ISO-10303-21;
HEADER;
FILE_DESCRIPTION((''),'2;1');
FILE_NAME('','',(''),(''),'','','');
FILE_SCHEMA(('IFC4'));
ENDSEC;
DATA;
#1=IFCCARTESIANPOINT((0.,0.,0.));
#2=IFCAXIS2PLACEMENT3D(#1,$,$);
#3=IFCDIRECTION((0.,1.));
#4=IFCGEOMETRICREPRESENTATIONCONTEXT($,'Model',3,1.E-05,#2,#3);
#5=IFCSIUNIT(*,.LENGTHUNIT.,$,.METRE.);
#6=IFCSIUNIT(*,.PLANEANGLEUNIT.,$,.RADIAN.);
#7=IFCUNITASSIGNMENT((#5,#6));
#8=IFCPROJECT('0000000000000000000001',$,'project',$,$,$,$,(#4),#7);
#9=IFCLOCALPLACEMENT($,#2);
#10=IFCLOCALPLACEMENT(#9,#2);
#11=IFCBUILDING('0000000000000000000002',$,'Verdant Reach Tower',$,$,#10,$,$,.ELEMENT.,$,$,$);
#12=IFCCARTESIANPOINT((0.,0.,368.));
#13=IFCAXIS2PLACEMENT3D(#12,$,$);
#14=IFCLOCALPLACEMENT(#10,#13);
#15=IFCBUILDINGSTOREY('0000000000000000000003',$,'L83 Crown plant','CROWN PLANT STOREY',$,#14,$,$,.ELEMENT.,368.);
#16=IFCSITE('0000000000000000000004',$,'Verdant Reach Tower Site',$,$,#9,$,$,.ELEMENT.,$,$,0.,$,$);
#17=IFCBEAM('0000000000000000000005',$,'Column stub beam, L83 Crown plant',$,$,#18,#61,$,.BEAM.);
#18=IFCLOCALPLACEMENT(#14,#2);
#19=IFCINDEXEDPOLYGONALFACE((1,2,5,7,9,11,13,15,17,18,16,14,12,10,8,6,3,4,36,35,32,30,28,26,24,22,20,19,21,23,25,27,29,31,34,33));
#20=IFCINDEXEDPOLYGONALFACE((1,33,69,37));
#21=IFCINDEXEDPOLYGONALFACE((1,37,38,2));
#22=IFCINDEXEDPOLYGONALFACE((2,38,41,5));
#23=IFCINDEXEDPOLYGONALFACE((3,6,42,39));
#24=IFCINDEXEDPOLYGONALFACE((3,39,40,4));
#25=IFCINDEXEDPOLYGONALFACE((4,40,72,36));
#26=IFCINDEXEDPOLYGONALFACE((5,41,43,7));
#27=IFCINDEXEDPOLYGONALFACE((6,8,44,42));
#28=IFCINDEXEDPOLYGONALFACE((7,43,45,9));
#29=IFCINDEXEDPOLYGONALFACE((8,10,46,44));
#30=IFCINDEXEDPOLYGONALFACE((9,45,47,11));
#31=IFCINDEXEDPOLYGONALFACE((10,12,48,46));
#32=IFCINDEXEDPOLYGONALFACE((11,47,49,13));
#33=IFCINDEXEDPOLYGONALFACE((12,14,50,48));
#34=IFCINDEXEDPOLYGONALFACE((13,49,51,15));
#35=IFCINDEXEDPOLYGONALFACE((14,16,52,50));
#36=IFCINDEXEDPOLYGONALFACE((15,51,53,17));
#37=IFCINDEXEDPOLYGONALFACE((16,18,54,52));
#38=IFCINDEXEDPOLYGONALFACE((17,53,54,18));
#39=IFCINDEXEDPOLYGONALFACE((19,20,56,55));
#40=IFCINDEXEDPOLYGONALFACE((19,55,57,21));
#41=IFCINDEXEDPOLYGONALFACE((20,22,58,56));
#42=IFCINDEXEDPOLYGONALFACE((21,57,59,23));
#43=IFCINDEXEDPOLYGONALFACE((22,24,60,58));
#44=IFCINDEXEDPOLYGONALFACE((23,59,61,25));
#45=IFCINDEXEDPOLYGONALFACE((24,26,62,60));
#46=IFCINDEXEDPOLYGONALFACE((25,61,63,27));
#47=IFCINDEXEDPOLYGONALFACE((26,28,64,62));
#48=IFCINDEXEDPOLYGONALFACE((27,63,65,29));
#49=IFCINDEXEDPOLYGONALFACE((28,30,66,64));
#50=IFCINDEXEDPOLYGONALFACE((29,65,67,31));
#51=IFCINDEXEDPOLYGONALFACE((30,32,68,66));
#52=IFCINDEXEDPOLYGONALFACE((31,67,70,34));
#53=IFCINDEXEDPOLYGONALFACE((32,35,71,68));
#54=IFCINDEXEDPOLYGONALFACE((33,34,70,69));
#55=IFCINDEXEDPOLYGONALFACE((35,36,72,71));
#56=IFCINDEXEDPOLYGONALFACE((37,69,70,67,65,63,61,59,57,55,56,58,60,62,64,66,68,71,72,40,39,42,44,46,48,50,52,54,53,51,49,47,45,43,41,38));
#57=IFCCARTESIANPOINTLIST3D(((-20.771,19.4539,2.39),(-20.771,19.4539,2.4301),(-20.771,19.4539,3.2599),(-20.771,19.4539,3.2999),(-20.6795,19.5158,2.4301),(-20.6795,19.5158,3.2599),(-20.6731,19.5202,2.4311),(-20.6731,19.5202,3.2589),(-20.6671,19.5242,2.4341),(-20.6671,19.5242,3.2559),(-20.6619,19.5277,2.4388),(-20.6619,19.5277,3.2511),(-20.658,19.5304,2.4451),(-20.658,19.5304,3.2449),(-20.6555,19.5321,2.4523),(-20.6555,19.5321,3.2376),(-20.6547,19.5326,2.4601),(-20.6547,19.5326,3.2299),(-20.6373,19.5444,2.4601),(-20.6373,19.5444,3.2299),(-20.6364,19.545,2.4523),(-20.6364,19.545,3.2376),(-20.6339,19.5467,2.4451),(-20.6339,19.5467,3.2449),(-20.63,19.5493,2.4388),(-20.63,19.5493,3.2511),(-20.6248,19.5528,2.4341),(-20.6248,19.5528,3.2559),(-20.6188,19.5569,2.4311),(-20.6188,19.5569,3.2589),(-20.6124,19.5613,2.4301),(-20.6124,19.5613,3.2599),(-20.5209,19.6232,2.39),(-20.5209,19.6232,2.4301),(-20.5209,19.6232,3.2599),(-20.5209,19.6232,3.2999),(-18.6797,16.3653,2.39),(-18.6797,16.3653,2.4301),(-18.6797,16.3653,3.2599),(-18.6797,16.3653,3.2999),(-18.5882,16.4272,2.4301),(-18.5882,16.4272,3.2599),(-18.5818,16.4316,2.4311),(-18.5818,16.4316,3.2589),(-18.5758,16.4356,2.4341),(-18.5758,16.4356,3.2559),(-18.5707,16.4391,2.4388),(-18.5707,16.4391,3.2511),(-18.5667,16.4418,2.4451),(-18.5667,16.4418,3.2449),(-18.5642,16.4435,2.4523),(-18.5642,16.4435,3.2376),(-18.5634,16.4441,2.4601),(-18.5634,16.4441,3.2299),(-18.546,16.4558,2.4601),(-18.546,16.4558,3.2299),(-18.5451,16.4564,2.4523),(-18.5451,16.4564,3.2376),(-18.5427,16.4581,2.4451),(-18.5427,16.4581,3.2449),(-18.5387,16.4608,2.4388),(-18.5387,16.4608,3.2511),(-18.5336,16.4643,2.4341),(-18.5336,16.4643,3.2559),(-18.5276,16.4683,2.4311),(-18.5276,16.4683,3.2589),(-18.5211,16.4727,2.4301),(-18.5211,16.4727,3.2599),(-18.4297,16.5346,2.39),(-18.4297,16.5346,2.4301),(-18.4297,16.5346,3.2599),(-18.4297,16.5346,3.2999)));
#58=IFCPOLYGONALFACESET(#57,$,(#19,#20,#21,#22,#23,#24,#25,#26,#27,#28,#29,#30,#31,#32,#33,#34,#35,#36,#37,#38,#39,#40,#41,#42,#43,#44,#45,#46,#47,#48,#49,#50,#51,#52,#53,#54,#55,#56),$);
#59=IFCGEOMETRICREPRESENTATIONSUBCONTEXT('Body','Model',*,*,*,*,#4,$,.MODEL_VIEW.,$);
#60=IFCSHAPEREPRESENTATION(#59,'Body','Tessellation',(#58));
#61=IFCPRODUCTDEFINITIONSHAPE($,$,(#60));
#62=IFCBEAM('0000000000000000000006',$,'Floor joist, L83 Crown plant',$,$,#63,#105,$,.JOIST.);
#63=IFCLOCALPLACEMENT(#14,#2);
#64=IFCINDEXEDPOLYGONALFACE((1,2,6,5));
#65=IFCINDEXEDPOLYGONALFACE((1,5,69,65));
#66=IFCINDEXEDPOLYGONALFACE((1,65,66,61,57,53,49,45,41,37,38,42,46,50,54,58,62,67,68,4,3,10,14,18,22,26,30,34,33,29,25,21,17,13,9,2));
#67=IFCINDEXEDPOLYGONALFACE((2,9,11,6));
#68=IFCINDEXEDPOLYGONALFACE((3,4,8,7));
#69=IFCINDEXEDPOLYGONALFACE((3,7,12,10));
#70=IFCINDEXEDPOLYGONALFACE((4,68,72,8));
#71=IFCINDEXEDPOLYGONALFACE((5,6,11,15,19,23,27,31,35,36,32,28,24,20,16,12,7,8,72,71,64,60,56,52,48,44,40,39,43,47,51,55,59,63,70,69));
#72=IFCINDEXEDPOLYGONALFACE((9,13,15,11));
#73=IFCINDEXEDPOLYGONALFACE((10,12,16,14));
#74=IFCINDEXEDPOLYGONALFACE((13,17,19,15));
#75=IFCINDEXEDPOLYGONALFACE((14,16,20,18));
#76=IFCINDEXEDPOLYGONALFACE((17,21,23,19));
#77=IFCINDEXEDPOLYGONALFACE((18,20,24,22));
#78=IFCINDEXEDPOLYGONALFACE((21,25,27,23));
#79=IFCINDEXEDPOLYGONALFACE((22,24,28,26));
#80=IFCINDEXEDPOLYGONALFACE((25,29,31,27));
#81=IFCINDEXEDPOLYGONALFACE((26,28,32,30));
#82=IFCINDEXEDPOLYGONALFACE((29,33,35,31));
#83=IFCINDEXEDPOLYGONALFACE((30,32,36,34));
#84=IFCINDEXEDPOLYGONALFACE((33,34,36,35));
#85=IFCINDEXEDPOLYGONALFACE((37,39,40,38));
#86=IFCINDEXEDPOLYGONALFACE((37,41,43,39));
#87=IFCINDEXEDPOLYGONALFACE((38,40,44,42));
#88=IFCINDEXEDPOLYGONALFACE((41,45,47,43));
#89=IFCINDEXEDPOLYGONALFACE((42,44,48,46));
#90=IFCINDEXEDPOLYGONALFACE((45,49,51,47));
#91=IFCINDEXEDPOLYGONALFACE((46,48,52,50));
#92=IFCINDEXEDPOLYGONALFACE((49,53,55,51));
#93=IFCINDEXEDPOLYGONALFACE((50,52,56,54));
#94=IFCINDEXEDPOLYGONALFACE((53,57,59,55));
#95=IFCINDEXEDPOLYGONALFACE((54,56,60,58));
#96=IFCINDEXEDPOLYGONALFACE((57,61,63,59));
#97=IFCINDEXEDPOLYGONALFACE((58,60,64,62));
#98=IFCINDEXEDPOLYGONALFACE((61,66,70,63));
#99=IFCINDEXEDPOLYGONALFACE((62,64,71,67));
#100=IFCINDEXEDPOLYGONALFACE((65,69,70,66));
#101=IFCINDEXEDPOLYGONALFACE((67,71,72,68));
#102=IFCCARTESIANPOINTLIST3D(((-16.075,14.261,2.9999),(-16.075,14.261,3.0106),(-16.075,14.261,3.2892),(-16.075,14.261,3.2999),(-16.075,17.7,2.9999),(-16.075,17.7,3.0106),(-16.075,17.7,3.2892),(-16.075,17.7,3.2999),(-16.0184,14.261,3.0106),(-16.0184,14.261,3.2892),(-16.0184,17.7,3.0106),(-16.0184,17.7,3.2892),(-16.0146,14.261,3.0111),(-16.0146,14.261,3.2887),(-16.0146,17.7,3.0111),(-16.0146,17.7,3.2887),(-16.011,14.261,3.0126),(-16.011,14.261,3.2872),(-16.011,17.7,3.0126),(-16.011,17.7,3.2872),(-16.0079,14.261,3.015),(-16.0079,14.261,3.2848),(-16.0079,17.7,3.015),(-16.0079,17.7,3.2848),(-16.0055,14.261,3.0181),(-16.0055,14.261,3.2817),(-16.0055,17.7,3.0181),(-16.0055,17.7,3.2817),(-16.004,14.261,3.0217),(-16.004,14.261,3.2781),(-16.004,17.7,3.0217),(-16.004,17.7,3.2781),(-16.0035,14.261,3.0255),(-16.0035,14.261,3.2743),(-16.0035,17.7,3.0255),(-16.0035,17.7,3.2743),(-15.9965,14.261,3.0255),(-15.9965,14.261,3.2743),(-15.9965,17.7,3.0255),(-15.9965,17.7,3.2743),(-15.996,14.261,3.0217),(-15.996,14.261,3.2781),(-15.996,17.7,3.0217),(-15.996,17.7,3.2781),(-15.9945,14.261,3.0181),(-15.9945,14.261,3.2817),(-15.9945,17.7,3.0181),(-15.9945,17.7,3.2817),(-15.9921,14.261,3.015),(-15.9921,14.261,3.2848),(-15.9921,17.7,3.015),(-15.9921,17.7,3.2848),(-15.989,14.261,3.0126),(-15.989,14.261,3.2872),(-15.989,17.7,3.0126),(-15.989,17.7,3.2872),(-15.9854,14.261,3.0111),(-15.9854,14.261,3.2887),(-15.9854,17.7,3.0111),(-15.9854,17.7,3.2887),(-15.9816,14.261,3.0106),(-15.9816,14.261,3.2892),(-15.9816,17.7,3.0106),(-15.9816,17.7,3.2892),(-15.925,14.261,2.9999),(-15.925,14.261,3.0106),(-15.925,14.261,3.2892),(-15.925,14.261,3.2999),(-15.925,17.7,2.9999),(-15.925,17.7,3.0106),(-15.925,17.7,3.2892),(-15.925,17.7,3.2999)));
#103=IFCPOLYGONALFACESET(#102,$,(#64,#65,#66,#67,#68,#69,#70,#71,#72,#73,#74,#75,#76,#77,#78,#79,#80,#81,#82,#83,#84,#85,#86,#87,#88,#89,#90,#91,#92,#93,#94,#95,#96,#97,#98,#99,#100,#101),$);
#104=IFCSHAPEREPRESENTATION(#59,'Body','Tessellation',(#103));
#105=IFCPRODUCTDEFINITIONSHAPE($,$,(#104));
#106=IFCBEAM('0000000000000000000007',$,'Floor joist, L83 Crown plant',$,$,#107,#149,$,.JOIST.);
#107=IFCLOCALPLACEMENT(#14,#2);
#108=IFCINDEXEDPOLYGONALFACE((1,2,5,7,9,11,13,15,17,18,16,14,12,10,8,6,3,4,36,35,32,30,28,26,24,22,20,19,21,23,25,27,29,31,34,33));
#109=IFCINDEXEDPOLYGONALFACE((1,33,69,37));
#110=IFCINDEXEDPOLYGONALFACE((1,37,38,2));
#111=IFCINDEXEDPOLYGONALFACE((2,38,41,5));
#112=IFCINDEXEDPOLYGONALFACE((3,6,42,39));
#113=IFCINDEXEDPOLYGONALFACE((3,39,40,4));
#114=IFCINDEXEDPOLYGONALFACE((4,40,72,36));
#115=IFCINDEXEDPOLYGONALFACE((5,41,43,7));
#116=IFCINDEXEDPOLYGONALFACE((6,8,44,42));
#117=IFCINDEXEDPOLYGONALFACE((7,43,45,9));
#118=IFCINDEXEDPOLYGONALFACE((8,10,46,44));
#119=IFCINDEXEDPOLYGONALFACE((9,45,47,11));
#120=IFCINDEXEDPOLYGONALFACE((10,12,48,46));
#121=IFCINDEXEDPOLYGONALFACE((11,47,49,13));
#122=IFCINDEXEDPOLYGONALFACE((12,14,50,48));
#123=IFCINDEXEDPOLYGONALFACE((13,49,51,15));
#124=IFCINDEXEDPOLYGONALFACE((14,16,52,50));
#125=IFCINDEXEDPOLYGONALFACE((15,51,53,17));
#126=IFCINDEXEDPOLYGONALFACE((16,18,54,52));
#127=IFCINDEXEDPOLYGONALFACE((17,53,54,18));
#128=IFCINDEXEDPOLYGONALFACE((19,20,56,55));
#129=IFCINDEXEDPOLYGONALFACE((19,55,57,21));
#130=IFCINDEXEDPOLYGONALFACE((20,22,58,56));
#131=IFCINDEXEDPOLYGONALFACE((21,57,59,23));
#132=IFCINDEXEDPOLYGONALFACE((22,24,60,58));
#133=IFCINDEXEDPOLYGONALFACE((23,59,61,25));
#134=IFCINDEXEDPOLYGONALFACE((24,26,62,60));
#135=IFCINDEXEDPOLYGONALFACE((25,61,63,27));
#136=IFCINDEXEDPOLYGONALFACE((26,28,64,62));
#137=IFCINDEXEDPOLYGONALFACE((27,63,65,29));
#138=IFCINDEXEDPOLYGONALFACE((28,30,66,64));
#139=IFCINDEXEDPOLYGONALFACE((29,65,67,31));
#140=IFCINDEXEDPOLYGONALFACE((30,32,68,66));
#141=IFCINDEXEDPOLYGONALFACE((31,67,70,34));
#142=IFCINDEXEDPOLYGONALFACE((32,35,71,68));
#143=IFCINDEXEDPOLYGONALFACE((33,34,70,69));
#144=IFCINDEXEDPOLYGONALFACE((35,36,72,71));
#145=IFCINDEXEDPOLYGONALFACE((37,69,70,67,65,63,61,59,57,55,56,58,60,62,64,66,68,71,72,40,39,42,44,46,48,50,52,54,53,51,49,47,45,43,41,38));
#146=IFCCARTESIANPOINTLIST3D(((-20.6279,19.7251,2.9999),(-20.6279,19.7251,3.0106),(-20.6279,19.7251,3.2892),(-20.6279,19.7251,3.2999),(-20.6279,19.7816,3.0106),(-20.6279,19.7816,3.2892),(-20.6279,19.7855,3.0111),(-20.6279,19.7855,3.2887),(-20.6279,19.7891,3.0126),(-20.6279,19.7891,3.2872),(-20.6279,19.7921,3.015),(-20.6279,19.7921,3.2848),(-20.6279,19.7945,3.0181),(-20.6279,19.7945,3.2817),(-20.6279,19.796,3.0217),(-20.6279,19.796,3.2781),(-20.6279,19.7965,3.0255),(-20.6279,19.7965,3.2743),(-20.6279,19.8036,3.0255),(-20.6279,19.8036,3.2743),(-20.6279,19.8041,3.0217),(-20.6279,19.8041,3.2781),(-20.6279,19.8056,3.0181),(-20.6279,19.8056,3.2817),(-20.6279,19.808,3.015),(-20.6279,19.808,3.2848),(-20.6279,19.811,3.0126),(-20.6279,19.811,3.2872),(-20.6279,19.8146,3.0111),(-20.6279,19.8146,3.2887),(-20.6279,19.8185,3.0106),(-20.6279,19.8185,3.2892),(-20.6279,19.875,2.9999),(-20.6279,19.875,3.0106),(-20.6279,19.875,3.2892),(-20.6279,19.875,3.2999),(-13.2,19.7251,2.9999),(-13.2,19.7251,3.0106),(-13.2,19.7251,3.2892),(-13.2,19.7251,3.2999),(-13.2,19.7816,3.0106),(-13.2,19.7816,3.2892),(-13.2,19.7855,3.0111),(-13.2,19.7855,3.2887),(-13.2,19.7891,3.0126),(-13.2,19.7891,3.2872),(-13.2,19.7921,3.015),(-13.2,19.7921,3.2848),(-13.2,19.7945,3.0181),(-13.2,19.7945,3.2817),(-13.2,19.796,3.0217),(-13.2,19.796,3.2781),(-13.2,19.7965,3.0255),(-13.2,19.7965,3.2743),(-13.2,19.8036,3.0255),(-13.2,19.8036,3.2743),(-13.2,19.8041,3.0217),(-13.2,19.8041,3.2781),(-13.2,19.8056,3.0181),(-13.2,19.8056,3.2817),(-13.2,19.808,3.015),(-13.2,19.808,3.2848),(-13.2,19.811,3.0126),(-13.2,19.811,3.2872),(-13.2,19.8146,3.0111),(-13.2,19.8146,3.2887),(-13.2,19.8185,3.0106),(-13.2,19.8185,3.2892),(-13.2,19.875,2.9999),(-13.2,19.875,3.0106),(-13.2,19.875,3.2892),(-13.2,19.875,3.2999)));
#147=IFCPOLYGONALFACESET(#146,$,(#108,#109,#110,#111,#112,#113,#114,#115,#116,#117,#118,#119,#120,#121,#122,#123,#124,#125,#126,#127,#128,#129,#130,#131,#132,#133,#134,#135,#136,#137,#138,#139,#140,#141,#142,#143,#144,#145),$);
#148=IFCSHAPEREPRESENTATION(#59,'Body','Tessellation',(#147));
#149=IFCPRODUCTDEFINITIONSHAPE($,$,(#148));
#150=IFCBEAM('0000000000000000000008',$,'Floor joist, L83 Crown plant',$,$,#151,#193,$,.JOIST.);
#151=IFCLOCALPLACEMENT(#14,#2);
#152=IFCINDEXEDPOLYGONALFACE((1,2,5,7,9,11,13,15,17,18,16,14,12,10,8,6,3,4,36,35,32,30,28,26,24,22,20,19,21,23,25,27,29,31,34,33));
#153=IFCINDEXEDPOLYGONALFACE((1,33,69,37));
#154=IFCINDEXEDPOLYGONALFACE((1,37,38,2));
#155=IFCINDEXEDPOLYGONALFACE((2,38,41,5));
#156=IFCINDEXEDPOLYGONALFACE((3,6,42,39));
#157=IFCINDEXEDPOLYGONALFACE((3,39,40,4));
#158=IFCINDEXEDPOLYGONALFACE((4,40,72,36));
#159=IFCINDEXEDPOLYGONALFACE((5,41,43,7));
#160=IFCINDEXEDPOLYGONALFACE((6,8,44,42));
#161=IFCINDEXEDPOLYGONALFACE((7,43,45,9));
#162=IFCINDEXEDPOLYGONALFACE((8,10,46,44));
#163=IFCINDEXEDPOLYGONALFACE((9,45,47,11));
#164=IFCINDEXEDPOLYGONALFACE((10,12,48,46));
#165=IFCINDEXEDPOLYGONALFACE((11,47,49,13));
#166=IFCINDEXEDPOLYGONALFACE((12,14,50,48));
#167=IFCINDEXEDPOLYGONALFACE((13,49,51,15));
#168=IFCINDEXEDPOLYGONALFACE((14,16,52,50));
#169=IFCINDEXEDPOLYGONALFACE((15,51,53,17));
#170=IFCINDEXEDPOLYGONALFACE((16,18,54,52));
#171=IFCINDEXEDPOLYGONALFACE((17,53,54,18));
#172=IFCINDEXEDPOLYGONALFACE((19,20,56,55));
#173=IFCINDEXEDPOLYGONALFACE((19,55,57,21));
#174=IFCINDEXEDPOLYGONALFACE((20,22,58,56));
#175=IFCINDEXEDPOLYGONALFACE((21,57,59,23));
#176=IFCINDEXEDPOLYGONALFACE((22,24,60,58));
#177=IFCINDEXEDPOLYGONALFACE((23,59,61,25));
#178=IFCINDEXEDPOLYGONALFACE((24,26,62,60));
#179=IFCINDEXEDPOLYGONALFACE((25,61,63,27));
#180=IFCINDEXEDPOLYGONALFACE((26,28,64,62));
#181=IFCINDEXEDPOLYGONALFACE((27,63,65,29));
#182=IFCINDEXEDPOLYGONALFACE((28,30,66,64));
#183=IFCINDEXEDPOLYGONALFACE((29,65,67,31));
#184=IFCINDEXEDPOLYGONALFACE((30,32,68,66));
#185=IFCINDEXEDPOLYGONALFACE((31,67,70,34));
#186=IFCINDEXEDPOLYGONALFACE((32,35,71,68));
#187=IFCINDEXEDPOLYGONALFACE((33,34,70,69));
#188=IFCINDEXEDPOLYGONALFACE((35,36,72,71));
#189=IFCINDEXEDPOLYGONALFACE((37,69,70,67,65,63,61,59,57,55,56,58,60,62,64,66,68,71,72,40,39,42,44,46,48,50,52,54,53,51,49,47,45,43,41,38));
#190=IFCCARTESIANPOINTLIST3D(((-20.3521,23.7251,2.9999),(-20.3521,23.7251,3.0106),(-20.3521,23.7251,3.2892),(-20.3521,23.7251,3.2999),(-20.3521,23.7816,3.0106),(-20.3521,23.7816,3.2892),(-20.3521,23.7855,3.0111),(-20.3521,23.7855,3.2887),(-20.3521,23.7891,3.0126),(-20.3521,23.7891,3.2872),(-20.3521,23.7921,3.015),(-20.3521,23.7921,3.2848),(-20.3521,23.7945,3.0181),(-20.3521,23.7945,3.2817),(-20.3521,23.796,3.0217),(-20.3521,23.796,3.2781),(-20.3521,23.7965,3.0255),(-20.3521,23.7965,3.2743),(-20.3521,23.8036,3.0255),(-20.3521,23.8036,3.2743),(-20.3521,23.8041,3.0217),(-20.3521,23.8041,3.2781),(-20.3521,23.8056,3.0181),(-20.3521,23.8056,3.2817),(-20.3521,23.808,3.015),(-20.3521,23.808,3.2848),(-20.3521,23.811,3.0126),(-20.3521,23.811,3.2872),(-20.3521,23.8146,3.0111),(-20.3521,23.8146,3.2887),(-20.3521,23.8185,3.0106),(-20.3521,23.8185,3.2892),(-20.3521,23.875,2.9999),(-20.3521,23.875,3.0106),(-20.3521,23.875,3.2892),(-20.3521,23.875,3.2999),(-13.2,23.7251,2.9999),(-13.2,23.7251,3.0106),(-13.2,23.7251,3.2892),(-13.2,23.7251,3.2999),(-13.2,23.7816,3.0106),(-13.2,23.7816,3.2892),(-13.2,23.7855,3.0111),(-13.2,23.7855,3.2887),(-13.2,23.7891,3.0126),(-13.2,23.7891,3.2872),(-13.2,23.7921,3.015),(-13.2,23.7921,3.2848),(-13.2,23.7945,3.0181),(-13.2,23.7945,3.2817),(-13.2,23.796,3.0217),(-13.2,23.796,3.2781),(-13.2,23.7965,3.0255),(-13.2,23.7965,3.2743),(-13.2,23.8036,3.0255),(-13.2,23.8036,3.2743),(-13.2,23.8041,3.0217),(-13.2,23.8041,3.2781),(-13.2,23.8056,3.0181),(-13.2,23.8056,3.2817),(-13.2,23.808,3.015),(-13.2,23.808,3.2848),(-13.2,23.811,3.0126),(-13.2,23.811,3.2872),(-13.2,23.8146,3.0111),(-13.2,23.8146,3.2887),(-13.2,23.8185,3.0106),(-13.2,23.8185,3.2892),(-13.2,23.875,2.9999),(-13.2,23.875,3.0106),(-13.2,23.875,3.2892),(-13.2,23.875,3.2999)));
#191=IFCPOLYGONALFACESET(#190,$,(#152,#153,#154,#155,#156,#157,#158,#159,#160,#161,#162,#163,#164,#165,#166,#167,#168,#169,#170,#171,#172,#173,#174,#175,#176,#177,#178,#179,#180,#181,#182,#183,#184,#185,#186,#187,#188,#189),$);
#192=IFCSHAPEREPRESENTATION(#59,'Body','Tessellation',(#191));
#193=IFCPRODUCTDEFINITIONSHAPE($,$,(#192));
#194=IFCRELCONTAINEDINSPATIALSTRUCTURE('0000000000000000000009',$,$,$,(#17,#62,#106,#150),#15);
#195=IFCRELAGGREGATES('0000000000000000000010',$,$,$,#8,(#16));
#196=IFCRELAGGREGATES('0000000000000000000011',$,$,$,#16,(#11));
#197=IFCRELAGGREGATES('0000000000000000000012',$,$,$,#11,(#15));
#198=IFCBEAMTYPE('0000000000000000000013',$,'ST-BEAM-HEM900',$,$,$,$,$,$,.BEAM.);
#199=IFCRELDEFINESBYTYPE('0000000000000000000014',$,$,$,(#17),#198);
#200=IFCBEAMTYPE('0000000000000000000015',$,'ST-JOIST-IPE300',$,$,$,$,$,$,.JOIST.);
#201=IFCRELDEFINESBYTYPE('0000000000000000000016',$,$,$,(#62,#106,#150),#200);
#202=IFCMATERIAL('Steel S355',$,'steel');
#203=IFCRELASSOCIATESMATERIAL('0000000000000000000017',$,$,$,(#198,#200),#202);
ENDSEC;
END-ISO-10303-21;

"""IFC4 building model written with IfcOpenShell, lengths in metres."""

from ifc_helpers import new_model, si_unit, direction, frame, origin, origin_2d, place, context, subcontext, project, spatial, i_section, extrude, material, material_profile, profile_set, type_object, element, save


model = new_model("IFC4")

# Units and contexts
model_context = context("Model", 3, precision=1e-05, world=origin(), true_north=direction((0.0, 1.0)))
body_context = subcontext(model_context, "Body", "Model", "MODEL_VIEW")
ifc_project = project(units=[si_unit("LENGTHUNIT", "METRE"), si_unit("PLANEANGLEUNIT", "RADIAN")], contexts=[model_context])

# Site, building, storey
site_placement = place(None, origin())
site = spatial("IfcSite", under=ifc_project, at=site_placement, Name="Verdant Reach Tower Site", CompositionType="ELEMENT", RefElevation=0.0)
building_placement = place(site_placement, origin())
building = spatial("IfcBuilding", under=site, at=building_placement, Name="Verdant Reach Tower", CompositionType="ELEMENT")
storey_placement = place(building_placement, frame((0.0, 0.0, 368.0)))
storey = spatial("IfcBuildingStorey", under=building, at=storey_placement, Name="L83 Crown plant", Description="CROWN PLANT STOREY", CompositionType="ELEMENT", Elevation=368.0)

# Beams
ifc_material_1 = material(Name="Steel S355", Category="steel")
ifc_material_profile_1 = material_profile(ifc_material_1, i_section(OverallWidth=0.302, OverallDepth=0.9099, WebThickness=0.021, FlangeThickness=0.04, FilletRadius=0.03, at=origin_2d()), Name="HEM 900")
ifc_profile_set_1 = profile_set([ifc_material_profile_1], Name="Steel S355")
beam_type_1 = type_object("IfcBeamType", Name="ST-BEAM-HEM900", PredefinedType="BEAM", material=ifc_profile_set_1)
beam_1_placement = place(storey_placement, frame((-18.5547, 16.45, 2.845), z_axis=(-0.560667, 0.828041, 0.0), x_axis=(-0.828041, -0.560667, 0.0)))
element("IfcBeam", 1, at=beam_1_placement, inside=storey, type_object=beam_type_1, Name="Column stub beam, L83 Crown plant", PredefinedType="BEAM", context=body_context, shape_type="SweptSolid", body=[
    extrude(i_section(OverallWidth=0.302, OverallDepth=0.9099, WebThickness=0.021, FlangeThickness=0.04, FilletRadius=0.03, at=origin_2d()), origin(), (0.0, 0.0, 1.0), 3.73),
])
ifc_material_profile_2 = material_profile(ifc_material_1, i_section(OverallWidth=0.1499, OverallDepth=0.3, WebThickness=0.0071, FlangeThickness=0.0107, FilletRadius=0.0149, at=origin_2d()), Name="IPE 300")
ifc_profile_set_2 = profile_set([ifc_material_profile_2], Name="Steel S355")
beam_type_2 = type_object("IfcBeamType", Name="ST-JOIST-IPE300", PredefinedType="JOIST", material=ifc_profile_set_2)
beam_2_placement = place(storey_placement, frame((-16.0, 17.7, 3.1499), z_axis=(0.0, -1.0, 0.0), x_axis=(1.0, 0.0, 0.0)))
element("IfcBeam", 2, at=beam_2_placement, inside=storey, type_object=beam_type_2, Name="Floor joist, L83 Crown plant", PredefinedType="JOIST", context=body_context, shape_type="SweptSolid", body=[
    extrude(i_section(OverallWidth=0.1499, OverallDepth=0.3, WebThickness=0.0071, FlangeThickness=0.0107, FilletRadius=0.0149, at=origin_2d()), origin(), (0.0, 0.0, 1.0), 3.439),
])
beam_3_placement = place(storey_placement, frame((-13.2, 19.8, 3.1499), z_axis=(-1.0, 0.0, 0.0), x_axis=(0.0, -1.0, 0.0)))
element("IfcBeam", 3, at=beam_3_placement, inside=storey, type_object=beam_type_2, Name="Floor joist, L83 Crown plant", PredefinedType="JOIST", context=body_context, shape_type="SweptSolid", body=[
    extrude(i_section(OverallWidth=0.1499, OverallDepth=0.3, WebThickness=0.0071, FlangeThickness=0.0107, FilletRadius=0.0149, at=origin_2d()), origin(), (0.0, 0.0, 1.0), 7.428),
])
beam_4_placement = place(storey_placement, frame((-13.2, 23.8, 3.1499), z_axis=(-1.0, 0.0, 0.0), x_axis=(0.0, -1.0, 0.0)))
element("IfcBeam", 4, at=beam_4_placement, inside=storey, type_object=beam_type_2, Name="Floor joist, L83 Crown plant", PredefinedType="JOIST", context=body_context, shape_type="SweptSolid", body=[
    extrude(i_section(OverallWidth=0.1499, OverallDepth=0.3, WebThickness=0.0071, FlangeThickness=0.0107, FilletRadius=0.0149, at=origin_2d()), origin(), (0.0, 0.0, 1.0), 7.1521),
])

save(model, "model.ifc")
